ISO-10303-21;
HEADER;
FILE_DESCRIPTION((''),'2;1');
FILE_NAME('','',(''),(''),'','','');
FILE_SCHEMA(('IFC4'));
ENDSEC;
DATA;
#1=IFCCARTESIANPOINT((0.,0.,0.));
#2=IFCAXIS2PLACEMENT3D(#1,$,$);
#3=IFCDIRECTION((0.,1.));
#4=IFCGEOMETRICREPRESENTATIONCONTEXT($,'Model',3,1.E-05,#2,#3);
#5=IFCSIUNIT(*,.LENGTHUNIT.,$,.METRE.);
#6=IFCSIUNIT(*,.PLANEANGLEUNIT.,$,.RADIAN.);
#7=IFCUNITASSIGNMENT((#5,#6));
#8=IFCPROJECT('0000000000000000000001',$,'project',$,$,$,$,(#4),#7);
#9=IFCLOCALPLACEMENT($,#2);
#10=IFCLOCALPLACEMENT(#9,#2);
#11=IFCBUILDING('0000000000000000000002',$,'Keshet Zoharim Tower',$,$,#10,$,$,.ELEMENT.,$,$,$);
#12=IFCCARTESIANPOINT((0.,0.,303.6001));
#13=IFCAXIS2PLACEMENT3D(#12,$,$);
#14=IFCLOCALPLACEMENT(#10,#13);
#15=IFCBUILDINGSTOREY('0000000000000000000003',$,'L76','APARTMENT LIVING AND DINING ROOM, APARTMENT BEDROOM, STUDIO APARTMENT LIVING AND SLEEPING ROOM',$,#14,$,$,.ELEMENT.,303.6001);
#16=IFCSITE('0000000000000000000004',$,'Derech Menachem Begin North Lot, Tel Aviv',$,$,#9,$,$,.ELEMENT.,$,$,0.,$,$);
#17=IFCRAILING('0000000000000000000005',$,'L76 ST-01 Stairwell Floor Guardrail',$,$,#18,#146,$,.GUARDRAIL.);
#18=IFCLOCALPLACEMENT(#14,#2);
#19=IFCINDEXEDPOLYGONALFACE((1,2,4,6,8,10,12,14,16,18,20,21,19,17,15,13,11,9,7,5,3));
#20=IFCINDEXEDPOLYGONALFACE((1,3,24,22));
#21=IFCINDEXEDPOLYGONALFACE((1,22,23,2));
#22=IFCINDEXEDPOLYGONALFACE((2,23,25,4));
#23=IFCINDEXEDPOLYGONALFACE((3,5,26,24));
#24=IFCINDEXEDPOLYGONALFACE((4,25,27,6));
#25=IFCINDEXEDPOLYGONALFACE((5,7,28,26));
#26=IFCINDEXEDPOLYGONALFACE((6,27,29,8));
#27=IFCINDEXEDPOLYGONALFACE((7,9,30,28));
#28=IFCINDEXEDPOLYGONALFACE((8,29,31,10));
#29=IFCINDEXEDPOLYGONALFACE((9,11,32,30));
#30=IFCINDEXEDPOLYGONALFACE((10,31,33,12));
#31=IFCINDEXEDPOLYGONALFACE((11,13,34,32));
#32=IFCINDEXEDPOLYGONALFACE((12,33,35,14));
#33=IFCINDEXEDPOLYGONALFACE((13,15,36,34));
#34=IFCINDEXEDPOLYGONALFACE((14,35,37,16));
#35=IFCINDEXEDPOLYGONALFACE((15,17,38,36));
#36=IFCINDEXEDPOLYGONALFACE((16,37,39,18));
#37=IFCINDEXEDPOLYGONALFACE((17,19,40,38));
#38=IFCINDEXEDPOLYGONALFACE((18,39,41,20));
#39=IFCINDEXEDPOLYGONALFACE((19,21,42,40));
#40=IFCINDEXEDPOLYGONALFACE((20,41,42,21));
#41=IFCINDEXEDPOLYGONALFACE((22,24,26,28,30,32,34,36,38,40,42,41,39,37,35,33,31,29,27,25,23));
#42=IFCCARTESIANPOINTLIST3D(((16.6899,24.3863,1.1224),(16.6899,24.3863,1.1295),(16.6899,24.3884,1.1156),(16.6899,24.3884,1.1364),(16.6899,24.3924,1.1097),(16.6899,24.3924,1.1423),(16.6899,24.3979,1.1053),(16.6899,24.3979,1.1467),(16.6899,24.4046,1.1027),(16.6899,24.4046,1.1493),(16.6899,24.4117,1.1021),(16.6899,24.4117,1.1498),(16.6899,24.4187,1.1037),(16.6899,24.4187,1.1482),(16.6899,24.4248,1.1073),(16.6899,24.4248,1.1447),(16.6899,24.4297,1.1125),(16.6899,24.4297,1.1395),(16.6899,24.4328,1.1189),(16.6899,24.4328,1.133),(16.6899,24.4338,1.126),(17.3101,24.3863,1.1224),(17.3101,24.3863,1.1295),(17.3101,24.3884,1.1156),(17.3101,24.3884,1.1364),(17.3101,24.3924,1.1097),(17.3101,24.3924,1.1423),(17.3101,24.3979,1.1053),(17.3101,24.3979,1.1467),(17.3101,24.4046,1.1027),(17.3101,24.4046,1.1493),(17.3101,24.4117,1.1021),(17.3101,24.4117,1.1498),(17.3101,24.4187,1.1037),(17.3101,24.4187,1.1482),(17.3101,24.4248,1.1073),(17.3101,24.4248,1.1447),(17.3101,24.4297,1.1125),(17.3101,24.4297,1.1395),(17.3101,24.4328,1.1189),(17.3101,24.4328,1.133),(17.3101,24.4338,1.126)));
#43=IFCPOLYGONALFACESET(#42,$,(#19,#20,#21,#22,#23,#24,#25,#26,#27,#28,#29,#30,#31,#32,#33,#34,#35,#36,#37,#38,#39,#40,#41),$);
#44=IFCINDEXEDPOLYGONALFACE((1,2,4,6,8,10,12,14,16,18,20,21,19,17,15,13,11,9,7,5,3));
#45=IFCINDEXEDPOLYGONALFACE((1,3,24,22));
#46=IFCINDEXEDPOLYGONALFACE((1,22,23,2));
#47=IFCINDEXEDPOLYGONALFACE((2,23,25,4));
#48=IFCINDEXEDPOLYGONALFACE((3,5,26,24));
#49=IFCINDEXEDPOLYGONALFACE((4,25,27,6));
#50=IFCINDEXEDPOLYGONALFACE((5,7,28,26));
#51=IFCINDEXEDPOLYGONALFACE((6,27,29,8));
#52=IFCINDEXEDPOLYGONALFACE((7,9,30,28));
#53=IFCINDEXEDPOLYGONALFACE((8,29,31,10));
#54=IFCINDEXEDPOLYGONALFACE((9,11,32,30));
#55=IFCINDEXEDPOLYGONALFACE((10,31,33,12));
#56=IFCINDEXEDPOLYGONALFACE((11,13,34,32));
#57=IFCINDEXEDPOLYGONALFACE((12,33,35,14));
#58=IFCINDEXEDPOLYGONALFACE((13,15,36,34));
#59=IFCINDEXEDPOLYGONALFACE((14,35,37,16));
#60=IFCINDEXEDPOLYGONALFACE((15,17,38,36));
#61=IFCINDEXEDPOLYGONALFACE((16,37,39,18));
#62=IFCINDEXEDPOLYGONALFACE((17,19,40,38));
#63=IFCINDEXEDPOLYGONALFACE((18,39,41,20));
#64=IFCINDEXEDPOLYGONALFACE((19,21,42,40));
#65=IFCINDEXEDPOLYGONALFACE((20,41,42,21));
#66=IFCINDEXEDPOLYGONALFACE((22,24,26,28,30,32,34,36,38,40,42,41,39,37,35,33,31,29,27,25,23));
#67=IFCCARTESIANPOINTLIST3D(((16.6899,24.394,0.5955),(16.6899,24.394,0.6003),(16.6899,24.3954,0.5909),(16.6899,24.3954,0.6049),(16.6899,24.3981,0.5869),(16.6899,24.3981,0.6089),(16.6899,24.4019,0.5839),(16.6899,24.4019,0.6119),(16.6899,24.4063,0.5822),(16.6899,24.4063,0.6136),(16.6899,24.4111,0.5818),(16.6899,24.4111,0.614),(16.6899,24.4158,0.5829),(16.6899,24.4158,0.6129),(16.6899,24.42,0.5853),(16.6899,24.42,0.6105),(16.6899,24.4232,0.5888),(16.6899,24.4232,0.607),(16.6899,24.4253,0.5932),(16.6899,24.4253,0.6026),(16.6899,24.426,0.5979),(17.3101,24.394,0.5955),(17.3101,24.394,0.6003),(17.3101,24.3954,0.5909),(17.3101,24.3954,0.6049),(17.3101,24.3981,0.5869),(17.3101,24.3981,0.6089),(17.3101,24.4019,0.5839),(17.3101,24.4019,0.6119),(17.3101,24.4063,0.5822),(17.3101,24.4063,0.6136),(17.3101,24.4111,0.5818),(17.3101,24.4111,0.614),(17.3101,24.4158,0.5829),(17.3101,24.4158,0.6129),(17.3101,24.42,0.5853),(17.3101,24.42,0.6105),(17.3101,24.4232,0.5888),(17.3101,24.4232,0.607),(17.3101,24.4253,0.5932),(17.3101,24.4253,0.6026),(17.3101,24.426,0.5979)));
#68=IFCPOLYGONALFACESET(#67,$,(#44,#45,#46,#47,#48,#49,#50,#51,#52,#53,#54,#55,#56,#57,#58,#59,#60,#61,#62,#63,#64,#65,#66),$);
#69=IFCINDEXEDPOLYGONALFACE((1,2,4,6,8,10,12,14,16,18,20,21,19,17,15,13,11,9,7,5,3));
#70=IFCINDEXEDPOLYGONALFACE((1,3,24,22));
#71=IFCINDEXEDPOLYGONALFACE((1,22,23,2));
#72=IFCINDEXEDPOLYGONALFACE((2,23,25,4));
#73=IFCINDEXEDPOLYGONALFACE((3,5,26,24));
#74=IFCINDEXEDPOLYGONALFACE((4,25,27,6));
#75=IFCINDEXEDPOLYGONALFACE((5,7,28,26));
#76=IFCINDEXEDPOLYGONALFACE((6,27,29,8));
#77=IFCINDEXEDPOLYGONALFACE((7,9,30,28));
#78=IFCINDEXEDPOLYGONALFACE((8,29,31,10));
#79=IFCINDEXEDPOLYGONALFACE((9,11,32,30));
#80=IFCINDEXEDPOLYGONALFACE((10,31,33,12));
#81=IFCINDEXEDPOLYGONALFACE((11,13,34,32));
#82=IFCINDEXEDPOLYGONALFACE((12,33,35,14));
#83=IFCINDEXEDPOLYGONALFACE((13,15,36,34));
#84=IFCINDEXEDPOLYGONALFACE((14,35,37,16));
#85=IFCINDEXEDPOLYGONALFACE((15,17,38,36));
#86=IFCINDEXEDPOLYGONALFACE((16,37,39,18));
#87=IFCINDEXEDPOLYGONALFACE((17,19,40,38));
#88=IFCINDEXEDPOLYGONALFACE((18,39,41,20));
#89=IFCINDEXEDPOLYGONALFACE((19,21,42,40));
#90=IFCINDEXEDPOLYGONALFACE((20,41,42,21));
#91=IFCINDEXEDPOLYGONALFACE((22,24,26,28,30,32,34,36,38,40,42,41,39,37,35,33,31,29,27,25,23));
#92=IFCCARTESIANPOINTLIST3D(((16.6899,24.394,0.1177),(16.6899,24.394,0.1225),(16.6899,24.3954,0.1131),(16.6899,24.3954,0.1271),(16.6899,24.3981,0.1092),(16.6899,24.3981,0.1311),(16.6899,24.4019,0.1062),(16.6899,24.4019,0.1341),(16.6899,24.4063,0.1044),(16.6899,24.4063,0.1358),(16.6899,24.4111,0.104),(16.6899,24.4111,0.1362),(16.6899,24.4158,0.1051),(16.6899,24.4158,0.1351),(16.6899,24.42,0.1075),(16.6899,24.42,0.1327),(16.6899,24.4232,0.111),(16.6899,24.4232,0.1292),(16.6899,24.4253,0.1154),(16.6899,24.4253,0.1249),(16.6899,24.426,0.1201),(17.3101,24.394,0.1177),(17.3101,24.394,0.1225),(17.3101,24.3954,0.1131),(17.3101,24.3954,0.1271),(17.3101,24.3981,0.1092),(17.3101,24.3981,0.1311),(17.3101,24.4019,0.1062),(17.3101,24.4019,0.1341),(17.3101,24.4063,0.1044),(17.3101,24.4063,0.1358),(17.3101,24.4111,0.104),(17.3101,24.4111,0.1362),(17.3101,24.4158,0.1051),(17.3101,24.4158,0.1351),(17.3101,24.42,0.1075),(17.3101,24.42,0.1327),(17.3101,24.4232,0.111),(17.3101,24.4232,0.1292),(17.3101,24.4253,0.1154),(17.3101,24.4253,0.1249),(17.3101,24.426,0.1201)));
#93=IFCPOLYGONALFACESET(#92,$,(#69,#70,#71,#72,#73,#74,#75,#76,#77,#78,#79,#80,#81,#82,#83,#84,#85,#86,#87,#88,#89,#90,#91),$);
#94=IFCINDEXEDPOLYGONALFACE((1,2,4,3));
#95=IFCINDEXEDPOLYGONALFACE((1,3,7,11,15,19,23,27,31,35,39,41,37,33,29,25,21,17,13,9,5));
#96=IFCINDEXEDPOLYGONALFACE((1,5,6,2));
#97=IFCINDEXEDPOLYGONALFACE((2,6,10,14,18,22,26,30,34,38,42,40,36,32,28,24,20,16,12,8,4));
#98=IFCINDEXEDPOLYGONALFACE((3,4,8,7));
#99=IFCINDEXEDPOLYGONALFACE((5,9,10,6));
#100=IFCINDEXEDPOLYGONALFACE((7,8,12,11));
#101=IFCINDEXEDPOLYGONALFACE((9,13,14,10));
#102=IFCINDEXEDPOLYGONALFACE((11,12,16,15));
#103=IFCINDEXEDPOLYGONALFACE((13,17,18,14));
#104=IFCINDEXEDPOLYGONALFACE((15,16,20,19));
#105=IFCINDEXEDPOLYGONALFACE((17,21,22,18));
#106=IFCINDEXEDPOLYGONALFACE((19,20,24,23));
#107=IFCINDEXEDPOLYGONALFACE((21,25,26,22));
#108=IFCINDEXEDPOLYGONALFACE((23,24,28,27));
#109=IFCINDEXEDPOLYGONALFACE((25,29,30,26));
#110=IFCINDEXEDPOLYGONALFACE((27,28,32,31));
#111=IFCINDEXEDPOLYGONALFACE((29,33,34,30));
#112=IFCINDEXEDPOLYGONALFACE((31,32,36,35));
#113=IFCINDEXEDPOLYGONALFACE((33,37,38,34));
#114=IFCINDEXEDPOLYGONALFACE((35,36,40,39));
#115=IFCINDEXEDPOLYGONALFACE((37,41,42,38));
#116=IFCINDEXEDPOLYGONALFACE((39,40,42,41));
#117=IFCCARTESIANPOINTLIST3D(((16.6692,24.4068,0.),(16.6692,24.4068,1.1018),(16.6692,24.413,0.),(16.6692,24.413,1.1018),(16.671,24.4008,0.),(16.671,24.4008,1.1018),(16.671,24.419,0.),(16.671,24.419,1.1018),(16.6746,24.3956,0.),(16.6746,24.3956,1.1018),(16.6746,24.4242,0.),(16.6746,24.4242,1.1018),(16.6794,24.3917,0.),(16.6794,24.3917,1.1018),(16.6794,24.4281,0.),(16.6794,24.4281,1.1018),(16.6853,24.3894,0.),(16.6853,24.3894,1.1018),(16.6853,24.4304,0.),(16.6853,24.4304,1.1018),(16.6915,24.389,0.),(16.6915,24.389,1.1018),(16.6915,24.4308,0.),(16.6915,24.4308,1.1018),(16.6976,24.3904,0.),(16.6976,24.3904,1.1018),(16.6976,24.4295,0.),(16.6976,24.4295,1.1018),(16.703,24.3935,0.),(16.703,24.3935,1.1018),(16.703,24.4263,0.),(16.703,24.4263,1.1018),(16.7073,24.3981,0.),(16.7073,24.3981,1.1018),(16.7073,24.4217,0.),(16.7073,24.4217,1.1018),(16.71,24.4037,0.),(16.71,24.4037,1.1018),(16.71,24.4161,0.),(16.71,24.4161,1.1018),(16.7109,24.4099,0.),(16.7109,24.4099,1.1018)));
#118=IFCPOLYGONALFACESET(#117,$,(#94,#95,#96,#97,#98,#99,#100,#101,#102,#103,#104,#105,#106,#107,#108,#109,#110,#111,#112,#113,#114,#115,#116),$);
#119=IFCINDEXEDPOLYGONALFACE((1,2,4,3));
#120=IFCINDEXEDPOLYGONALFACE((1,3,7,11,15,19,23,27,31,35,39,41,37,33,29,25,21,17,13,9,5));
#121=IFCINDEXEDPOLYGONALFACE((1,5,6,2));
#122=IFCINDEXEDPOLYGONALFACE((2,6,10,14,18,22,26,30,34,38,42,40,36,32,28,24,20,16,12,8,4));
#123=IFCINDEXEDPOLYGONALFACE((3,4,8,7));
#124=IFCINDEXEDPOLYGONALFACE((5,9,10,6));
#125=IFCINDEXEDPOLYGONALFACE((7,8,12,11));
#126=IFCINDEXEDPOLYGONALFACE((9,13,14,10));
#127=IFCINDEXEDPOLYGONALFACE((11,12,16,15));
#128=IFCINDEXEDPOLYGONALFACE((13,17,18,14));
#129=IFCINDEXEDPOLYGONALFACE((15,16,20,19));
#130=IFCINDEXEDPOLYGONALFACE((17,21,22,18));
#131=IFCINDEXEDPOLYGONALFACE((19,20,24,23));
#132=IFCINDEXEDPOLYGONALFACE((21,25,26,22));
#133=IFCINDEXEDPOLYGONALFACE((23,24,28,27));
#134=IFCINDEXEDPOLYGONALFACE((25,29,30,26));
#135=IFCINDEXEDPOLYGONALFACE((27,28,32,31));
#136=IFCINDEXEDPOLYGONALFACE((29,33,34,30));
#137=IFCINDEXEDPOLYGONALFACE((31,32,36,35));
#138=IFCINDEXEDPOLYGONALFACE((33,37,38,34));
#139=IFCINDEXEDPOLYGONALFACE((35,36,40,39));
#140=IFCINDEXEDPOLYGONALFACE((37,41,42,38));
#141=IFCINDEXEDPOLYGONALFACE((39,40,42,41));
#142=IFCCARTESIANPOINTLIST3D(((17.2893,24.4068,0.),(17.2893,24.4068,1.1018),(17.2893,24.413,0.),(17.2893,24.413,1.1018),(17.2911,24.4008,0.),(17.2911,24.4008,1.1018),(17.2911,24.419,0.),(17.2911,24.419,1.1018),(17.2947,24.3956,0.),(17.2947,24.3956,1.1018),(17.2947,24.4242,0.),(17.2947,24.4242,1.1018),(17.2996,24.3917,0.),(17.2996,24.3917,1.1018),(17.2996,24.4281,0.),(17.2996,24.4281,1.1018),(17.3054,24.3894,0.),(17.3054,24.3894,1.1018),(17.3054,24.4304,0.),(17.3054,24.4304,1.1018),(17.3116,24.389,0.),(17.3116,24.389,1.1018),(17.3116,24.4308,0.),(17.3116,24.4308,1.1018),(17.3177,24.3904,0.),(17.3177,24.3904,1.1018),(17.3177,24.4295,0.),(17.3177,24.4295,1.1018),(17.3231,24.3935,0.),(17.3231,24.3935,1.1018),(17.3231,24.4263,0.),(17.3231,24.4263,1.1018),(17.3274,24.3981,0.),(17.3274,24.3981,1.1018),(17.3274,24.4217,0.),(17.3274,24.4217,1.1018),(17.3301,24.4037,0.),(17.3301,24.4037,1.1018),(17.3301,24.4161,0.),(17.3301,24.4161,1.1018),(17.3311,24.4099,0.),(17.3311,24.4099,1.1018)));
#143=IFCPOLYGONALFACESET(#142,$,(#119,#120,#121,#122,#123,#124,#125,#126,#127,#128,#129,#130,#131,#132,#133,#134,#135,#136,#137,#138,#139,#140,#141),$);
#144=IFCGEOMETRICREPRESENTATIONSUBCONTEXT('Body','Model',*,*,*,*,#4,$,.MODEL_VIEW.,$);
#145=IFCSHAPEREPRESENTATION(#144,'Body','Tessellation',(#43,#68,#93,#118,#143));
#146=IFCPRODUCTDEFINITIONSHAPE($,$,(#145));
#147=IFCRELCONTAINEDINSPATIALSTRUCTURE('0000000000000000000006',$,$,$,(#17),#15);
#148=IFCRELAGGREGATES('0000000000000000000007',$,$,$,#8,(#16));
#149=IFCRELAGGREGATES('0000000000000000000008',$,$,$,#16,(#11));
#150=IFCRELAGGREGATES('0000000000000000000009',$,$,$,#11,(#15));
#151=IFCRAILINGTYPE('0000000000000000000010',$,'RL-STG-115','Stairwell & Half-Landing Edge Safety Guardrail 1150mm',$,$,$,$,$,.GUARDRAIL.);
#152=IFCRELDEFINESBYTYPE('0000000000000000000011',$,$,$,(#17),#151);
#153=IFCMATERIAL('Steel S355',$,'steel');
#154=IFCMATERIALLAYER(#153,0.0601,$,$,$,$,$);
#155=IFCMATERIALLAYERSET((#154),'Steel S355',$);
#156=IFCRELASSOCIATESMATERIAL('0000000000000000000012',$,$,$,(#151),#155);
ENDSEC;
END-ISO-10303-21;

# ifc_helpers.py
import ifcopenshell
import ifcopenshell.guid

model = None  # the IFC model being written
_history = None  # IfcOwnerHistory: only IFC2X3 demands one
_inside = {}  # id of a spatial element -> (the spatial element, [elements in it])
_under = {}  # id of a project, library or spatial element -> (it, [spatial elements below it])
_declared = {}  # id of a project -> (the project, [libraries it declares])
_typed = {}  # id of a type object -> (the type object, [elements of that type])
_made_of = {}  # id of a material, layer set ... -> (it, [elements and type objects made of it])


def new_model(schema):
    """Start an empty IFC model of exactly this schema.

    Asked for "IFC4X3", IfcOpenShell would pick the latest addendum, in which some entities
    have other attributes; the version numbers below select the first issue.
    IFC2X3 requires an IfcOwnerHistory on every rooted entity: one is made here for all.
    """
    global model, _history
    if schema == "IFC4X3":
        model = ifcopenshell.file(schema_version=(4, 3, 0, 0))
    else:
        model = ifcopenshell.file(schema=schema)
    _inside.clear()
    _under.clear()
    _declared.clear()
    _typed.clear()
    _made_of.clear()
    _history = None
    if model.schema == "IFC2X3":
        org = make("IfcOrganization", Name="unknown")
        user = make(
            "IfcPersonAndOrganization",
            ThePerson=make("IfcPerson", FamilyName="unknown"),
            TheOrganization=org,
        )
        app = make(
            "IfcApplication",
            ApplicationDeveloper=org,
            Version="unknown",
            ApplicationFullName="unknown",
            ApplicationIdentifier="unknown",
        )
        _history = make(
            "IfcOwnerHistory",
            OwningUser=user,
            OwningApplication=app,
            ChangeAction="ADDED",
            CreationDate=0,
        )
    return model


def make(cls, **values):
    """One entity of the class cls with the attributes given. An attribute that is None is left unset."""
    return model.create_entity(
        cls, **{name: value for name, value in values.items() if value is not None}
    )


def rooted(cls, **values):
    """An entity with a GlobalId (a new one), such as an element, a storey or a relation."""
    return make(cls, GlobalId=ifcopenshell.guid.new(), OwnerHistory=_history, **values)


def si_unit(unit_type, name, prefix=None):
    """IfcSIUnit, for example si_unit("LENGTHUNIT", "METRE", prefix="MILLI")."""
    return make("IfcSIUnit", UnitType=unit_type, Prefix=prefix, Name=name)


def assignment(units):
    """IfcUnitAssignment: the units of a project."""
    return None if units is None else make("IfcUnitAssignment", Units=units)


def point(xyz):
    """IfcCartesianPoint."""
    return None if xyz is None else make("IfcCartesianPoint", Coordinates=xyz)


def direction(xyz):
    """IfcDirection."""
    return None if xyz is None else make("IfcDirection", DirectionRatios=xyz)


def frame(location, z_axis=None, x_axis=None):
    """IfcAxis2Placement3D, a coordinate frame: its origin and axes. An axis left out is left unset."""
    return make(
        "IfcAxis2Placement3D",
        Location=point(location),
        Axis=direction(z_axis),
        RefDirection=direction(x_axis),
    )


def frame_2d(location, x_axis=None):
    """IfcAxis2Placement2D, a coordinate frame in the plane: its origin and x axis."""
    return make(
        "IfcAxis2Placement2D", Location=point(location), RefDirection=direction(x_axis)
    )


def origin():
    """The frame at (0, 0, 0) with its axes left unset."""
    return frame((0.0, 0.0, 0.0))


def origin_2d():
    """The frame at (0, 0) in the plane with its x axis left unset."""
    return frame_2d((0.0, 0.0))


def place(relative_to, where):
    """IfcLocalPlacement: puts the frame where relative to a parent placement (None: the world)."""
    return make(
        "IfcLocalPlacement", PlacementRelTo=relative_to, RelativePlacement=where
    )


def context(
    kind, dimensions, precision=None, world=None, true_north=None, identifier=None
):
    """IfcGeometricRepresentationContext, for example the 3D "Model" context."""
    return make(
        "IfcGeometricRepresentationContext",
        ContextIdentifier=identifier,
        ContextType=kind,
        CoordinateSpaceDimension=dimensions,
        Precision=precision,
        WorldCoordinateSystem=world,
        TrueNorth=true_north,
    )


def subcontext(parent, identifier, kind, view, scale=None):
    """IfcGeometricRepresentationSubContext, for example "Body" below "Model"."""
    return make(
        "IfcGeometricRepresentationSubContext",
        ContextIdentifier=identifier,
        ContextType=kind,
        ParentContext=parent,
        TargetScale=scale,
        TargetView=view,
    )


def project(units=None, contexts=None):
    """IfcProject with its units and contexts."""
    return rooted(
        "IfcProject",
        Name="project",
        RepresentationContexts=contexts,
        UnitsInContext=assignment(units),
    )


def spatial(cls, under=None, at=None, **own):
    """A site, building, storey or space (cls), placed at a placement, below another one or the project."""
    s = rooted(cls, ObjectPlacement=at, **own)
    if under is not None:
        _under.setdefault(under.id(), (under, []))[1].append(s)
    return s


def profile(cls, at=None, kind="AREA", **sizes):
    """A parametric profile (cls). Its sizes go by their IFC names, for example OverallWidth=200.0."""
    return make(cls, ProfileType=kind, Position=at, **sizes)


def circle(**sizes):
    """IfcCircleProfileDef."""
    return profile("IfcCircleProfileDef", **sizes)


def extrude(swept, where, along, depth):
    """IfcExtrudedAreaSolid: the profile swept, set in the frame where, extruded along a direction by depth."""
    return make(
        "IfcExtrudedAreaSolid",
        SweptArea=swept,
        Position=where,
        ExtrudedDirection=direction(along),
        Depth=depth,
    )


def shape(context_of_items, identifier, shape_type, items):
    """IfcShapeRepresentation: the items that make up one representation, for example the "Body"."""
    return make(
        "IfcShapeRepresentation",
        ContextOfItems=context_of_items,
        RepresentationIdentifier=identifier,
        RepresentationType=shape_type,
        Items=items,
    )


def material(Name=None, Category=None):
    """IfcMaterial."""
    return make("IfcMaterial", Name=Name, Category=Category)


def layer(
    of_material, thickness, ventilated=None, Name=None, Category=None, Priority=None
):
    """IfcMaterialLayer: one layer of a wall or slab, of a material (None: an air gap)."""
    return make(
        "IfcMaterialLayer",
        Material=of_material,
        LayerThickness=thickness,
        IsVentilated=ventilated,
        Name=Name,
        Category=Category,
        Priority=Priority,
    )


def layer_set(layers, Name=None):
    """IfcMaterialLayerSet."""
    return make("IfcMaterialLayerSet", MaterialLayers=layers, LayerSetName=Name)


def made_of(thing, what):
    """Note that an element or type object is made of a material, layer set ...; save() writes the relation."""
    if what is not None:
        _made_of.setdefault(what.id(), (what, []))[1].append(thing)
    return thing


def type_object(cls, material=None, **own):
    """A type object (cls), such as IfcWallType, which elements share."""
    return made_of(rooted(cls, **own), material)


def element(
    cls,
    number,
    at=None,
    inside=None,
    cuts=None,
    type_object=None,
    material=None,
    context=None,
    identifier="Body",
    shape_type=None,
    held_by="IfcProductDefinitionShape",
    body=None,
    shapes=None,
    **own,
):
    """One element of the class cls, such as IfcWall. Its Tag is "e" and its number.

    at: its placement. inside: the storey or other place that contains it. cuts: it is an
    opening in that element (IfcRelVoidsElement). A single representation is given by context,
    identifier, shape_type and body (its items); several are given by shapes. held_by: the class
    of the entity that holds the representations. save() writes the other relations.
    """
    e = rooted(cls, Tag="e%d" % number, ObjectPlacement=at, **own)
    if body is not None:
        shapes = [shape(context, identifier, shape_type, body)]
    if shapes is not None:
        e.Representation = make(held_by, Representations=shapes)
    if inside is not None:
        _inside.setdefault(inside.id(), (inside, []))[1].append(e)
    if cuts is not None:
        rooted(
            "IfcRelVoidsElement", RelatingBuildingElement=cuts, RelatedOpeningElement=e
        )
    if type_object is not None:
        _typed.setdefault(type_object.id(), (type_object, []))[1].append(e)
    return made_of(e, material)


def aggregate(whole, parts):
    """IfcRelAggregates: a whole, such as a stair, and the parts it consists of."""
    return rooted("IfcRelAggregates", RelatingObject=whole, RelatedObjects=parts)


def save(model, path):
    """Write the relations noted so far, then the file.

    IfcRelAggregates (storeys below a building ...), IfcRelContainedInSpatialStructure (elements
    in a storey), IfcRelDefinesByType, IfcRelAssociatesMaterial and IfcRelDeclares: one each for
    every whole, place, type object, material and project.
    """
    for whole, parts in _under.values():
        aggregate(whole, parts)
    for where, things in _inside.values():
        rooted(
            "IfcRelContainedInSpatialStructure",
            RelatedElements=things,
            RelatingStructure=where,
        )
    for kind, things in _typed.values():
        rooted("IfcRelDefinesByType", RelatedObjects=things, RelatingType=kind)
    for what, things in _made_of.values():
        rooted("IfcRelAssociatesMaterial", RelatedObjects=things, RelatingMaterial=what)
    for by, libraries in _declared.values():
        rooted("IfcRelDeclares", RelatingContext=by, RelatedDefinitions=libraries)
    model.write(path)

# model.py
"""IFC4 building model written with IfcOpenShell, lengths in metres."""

from ifc_helpers import new_model, si_unit, direction, frame, origin, origin_2d, place, context, subcontext, project, spatial, circle, extrude, material, layer, layer_set, type_object, element, save


model = new_model("IFC4")

# Units and contexts
model_context = context("Model", 3, precision=1e-05, world=origin(), true_north=direction((0.0, 1.0)))
body_context = subcontext(model_context, "Body", "Model", "MODEL_VIEW")
ifc_project = project(units=[si_unit("LENGTHUNIT", "METRE"), si_unit("PLANEANGLEUNIT", "RADIAN")], contexts=[model_context])

# Site, building, storey
site_placement = place(None, origin())
site = spatial("IfcSite", under=ifc_project, at=site_placement, Name="Derech Menachem Begin North Lot, Tel Aviv", CompositionType="ELEMENT", RefElevation=0.0)
building_placement = place(site_placement, origin())
building = spatial("IfcBuilding", under=site, at=building_placement, Name="Keshet Zoharim Tower", CompositionType="ELEMENT")
storey_placement = place(building_placement, frame((0.0, 0.0, 303.6001)))
storey = spatial("IfcBuildingStorey", under=building, at=storey_placement, Name="L76", Description="APARTMENT LIVING AND DINING ROOM, APARTMENT BEDROOM, STUDIO APARTMENT LIVING AND SLEEPING ROOM", CompositionType="ELEMENT", Elevation=303.6001)

# Shared definitions
ifc_material_1 = material(Name="Steel S355", Category="steel")

# Railing
ifc_layer_1 = layer(ifc_material_1, 0.0601)
ifc_layer_set_1 = layer_set([ifc_layer_1], Name="Steel S355")
railing_type_1 = type_object("IfcRailingType", Name="RL-STG-115", Description="Stairwell & Half-Landing Edge Safety Guardrail 1150mm", PredefinedType="GUARDRAIL", material=ifc_layer_set_1)
railing_1_placement = place(storey_placement, frame((16.6899, 24.4099, 0.0)))
element("IfcRailing", 1, at=railing_1_placement, inside=storey, type_object=railing_type_1, Name="L76 ST-01 Stairwell Floor Guardrail", PredefinedType="GUARDRAIL", context=body_context, shape_type="SweptSolid", body=[
    extrude(circle(Radius=0.0239, at=origin_2d()), frame((0.0, 0.0, 1.126), z_axis=(1.0, 0.0, 0.0), x_axis=(0.0, 1.0, 0.0)), (0.0, 0.0, 1.0), 0.6201),
    extrude(circle(Radius=0.0161, at=origin_2d()), frame((0.0, 0.0, 0.5979), z_axis=(1.0, 0.0, 0.0), x_axis=(0.0, 1.0, 0.0)), (0.0, 0.0, 1.0), 0.6201),
    extrude(circle(Radius=0.0161, at=origin_2d()), frame((0.0, 0.0, 0.1201), z_axis=(1.0, 0.0, 0.0), x_axis=(0.0, 1.0, 0.0)), (0.0, 0.0, 1.0), 0.6201),
    extrude(circle(Radius=0.021, at=origin_2d()), origin(), (0.0, 0.0, 1.0), 1.1018),
    extrude(circle(Radius=0.021, at=origin_2d()), frame((0.6201, 0.0, 0.0)), (0.0, 0.0, 1.0), 1.1018),
])

save(model, "model.ifc")
